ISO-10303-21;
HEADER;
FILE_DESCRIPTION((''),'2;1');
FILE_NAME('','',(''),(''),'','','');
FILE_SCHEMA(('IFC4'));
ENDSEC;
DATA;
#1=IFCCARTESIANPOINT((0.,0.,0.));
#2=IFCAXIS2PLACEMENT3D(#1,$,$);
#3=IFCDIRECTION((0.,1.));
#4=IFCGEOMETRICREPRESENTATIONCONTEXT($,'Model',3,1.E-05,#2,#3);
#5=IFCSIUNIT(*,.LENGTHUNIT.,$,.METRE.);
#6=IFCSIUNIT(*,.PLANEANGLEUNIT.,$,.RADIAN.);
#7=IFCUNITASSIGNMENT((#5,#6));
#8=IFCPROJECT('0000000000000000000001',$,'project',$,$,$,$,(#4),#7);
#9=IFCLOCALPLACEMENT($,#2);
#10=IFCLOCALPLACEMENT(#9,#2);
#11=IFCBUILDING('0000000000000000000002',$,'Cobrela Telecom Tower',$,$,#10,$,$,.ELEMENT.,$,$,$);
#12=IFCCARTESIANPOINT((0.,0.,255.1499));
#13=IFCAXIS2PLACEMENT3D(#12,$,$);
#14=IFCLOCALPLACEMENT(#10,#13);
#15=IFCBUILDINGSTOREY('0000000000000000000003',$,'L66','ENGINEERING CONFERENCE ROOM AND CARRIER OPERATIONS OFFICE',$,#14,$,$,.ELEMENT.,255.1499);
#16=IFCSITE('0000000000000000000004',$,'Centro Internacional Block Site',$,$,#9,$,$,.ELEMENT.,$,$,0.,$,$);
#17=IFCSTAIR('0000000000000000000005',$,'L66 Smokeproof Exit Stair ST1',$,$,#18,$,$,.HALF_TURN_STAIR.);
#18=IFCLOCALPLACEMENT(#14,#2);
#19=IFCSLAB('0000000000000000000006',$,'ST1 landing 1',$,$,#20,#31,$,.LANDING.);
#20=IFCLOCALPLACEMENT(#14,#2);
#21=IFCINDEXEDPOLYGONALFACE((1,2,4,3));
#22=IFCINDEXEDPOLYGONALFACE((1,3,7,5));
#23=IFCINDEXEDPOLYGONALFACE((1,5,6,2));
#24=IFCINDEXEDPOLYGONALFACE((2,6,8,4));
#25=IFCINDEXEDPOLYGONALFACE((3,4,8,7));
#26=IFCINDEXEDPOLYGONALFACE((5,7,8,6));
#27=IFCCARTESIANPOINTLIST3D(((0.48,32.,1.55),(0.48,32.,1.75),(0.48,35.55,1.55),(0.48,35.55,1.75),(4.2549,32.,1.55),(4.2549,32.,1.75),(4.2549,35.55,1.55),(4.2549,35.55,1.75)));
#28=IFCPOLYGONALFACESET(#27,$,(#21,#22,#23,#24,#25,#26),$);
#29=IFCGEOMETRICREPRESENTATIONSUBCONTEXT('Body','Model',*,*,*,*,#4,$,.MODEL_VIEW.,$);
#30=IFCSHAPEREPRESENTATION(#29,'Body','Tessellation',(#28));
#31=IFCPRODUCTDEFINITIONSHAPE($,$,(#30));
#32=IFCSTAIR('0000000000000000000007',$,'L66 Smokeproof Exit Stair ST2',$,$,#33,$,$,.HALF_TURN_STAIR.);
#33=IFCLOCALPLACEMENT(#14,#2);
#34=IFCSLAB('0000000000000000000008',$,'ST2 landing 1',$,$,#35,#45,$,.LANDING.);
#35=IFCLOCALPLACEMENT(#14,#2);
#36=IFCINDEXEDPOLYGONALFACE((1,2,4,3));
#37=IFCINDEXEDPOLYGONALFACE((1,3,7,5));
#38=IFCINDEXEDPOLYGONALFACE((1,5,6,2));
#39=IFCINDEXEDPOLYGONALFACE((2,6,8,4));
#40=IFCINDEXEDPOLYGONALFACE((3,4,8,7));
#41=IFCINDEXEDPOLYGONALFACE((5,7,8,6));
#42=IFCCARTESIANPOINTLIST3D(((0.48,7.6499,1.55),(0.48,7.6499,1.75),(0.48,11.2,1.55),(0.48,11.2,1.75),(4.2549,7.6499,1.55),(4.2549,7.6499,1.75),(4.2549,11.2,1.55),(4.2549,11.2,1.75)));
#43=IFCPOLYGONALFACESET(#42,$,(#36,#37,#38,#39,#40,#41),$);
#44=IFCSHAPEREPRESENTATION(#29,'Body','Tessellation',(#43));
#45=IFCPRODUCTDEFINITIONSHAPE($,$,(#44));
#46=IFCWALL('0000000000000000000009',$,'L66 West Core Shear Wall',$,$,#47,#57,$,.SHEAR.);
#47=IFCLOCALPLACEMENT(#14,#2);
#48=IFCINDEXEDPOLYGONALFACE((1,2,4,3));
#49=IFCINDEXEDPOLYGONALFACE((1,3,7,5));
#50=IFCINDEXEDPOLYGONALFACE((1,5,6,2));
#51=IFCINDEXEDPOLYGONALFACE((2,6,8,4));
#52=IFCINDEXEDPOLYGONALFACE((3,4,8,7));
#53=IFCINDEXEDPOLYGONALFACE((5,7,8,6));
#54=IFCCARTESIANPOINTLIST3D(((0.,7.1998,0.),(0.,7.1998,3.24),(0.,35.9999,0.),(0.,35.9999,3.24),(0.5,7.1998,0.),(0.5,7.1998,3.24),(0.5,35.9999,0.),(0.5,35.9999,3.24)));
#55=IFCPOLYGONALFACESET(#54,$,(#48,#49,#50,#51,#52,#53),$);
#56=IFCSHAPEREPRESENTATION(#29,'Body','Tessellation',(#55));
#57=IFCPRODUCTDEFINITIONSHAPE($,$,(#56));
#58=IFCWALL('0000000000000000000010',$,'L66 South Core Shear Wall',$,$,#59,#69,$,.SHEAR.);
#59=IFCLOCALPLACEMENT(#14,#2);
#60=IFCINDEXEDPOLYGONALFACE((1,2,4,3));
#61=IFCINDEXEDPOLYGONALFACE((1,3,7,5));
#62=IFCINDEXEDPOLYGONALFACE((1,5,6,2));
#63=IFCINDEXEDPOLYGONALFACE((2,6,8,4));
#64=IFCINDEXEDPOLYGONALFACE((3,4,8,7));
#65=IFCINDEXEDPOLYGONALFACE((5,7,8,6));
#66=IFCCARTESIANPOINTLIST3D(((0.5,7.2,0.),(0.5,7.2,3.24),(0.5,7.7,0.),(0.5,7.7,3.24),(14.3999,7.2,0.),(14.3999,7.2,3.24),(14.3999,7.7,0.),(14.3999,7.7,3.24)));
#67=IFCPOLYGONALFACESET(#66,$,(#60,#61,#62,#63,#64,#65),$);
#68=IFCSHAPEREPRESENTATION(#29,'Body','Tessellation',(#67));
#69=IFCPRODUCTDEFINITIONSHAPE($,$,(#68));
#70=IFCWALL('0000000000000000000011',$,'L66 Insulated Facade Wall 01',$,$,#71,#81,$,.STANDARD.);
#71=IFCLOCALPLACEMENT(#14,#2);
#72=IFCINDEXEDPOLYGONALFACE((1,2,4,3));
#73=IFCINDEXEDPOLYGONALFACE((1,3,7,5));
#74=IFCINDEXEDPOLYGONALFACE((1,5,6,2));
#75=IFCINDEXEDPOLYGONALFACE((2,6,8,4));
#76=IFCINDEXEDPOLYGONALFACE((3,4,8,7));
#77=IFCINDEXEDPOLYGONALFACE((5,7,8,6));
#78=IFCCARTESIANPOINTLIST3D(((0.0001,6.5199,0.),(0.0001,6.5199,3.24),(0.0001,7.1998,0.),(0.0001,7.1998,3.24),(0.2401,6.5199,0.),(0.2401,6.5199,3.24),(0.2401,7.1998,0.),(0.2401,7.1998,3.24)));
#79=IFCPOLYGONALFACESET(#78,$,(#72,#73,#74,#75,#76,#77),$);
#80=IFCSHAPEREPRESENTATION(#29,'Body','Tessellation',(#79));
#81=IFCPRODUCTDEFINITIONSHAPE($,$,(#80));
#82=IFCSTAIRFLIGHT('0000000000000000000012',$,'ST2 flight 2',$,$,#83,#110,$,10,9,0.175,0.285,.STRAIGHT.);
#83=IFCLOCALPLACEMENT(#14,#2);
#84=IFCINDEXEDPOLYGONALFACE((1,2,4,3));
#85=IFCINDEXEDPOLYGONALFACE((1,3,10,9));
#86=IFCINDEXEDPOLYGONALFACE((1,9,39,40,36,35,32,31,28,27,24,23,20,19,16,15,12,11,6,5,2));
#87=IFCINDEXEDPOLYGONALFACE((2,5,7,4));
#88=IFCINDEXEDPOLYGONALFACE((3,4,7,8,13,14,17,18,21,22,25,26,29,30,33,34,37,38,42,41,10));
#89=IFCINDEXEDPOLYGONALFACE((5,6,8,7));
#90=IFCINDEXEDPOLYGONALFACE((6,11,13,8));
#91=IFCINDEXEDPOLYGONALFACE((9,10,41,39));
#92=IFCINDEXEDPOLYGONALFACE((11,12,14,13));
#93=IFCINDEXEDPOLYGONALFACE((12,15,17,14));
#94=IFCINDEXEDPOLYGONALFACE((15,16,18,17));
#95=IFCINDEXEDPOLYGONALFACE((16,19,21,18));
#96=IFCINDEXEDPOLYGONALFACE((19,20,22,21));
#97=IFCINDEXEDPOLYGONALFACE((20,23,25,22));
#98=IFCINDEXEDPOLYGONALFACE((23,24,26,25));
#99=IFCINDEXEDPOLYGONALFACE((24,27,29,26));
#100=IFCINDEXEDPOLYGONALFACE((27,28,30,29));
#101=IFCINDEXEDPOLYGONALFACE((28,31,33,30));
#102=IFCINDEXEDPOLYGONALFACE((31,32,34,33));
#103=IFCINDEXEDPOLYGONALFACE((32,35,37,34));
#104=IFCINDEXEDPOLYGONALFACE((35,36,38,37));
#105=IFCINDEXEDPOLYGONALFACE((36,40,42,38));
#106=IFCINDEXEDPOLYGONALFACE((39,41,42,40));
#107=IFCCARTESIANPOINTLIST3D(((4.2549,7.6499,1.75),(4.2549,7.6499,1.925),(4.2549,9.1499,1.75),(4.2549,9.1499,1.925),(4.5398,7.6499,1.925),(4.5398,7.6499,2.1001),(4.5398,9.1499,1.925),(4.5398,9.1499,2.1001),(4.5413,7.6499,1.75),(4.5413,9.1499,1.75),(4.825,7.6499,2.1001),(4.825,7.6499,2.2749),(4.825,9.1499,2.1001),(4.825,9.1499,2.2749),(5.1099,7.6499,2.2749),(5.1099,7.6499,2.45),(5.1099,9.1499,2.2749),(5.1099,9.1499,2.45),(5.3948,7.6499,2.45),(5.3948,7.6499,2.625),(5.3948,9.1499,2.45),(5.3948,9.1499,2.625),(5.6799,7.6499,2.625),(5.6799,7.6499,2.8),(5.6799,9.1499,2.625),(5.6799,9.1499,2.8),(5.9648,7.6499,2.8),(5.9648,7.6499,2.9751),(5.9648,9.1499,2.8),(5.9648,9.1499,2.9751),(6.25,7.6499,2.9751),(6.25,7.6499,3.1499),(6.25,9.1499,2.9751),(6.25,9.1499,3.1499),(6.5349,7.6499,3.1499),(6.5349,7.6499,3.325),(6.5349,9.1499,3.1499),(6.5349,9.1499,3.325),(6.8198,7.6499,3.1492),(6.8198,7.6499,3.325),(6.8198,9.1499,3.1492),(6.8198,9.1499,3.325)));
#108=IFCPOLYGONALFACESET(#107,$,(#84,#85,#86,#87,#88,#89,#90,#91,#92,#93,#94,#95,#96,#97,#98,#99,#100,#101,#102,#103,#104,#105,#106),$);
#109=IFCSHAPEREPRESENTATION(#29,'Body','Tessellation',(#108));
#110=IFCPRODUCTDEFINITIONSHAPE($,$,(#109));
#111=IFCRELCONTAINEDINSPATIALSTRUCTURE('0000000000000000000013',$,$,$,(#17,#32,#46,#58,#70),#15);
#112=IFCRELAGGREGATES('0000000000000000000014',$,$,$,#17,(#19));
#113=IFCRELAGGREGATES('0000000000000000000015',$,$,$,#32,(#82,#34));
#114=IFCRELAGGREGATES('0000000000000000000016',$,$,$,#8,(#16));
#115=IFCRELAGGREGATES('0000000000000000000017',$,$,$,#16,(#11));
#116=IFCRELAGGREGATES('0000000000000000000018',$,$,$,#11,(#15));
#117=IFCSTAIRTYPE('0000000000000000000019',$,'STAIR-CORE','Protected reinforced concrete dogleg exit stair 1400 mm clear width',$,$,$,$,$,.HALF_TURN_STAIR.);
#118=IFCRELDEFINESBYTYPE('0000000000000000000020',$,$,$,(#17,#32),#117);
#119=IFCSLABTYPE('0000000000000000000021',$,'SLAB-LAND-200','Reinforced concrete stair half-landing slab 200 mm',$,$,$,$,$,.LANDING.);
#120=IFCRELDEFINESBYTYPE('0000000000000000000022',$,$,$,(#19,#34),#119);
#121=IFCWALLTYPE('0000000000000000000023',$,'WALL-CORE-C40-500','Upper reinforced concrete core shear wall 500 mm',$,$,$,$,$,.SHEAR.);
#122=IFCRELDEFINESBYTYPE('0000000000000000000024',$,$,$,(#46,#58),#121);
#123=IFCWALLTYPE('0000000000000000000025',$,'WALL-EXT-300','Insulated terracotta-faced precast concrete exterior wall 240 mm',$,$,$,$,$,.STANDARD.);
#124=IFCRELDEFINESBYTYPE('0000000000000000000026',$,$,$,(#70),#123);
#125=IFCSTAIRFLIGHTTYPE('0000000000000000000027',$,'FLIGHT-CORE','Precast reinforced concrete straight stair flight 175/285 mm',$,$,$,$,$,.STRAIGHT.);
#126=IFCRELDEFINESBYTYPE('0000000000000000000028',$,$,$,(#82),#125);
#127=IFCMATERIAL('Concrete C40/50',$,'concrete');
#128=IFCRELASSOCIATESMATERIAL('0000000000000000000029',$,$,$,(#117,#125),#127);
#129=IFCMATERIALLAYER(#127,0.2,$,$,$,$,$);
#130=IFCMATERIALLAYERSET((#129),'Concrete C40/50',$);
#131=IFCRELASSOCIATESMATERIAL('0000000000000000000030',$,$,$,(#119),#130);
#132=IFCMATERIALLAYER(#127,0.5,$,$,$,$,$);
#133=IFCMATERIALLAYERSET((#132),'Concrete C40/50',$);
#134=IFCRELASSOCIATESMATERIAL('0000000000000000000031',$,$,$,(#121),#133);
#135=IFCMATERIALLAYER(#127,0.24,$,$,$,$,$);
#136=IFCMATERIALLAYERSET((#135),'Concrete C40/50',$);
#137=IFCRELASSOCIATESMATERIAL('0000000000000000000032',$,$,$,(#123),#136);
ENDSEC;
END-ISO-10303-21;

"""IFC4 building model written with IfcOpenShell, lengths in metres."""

from ifc_helpers import new_model, si_unit, direction, frame, frame_2d, origin, place, context, subcontext, project, spatial, polyline, rectangle, outline, extrude, material, layer, layer_set, type_object, element, aggregate, save


model = new_model("IFC4")

# Units and contexts
model_context = context("Model", 3, precision=1e-05, world=origin(), true_north=direction((0.0, 1.0)))
body_context = subcontext(model_context, "Body", "Model", "MODEL_VIEW")
ifc_project = project(units=[si_unit("LENGTHUNIT", "METRE"), si_unit("PLANEANGLEUNIT", "RADIAN")], contexts=[model_context])

# Site, building, storey
site_placement = place(None, origin())
site = spatial("IfcSite", under=ifc_project, at=site_placement, Name="Centro Internacional Block Site", CompositionType="ELEMENT", RefElevation=0.0)
building_placement = place(site_placement, origin())
building = spatial("IfcBuilding", under=site, at=building_placement, Name="Cobrela Telecom Tower", CompositionType="ELEMENT")
storey_placement = place(building_placement, frame((0.0, 0.0, 255.1499)))
storey = spatial("IfcBuildingStorey", under=building, at=storey_placement, Name="L66", Description="ENGINEERING CONFERENCE ROOM AND CARRIER OPERATIONS OFFICE", CompositionType="ELEMENT", Elevation=255.1499)

# Shared definitions
ifc_material_1 = material(Name="Concrete C40/50", Category="concrete")

# Stairs, slabs
stair_type = type_object("IfcStairType", Name="STAIR-CORE", Description="Protected reinforced concrete dogleg exit stair 1400 mm clear width", PredefinedType="HALF_TURN_STAIR", material=ifc_material_1)
stair_1_placement = place(storey_placement, origin())
stair_1 = element("IfcStair", 1, at=stair_1_placement, inside=storey, type_object=stair_type, Name="L66 Smokeproof Exit Stair ST1", PredefinedType="HALF_TURN_STAIR")
ifc_layer_1 = layer(ifc_material_1, 0.2)
ifc_layer_set_1 = layer_set([ifc_layer_1], Name="Concrete C40/50")
slab_type_1 = type_object("IfcSlabType", Name="SLAB-LAND-200", Description="Reinforced concrete stair half-landing slab 200 mm", PredefinedType="LANDING", material=ifc_layer_set_1)
slab_1_placement = place(storey_placement, frame((0.0, 0.0, 1.55)))
slab_1 = element("IfcSlab", 2, at=slab_1_placement, type_object=slab_type_1, Name="ST1 landing 1", PredefinedType="LANDING", context=body_context, shape_type="SweptSolid", body=[
    extrude(outline(polyline([(4.2549, 35.55), (0.48, 35.55), (0.48, 32.0), (4.2549, 32.0), (4.2549, 35.55)])), origin(), (0.0, 0.0, 1.0), 0.2),
])
aggregate(stair_1, [slab_1])
stair_2_placement = place(storey_placement, origin())
stair_2 = element("IfcStair", 3, at=stair_2_placement, inside=storey, type_object=stair_type, Name="L66 Smokeproof Exit Stair ST2", PredefinedType="HALF_TURN_STAIR")
slab_2_placement = place(storey_placement, frame((0.0, 0.0, 1.55)))
slab_2 = element("IfcSlab", 4, at=slab_2_placement, type_object=slab_type_1, Name="ST2 landing 1", PredefinedType="LANDING", context=body_context, shape_type="SweptSolid", body=[
    extrude(outline(polyline([(4.2549, 11.2), (0.48, 11.2), (0.48, 7.6499), (4.2549, 7.6499), (4.2549, 11.2)])), origin(), (0.0, 0.0, 1.0), 0.2),
])

# Walls
ifc_layer_2 = layer(ifc_material_1, 0.5)
ifc_layer_set_2 = layer_set([ifc_layer_2], Name="Concrete C40/50")
wall_type_1 = type_object("IfcWallType", Name="WALL-CORE-C40-500", Description="Upper reinforced concrete core shear wall 500 mm", PredefinedType="SHEAR", material=ifc_layer_set_2)
wall_1_placement = place(storey_placement, frame((0.25, 7.2, 0.0), z_axis=(0.0, 0.0, 1.0), x_axis=(0.0, 1.0, 0.0)))
element("IfcWall", 5, at=wall_1_placement, inside=storey, type_object=wall_type_1, Name="L66 West Core Shear Wall", PredefinedType="SHEAR", context=body_context, shape_type="SweptSolid", body=[
    extrude(rectangle(XDim=28.8, YDim=0.5, at=frame_2d((14.3999, 0.0))), origin(), (0.0, 0.0, 1.0), 3.24),
])
wall_2_placement = place(storey_placement, frame((0.5, 7.45, 0.0), z_axis=(0.0, 0.0, 1.0), x_axis=(1.0, 0.0, 0.0)))
element("IfcWall", 6, at=wall_2_placement, inside=storey, type_object=wall_type_1, Name="L66 South Core Shear Wall", PredefinedType="SHEAR", context=body_context, shape_type="SweptSolid", body=[
    extrude(rectangle(XDim=13.8999, YDim=0.5, at=frame_2d((6.95, 0.0))), origin(), (0.0, 0.0, 1.0), 3.24),
])
ifc_layer_3 = layer(ifc_material_1, 0.24)
ifc_layer_set_3 = layer_set([ifc_layer_3], Name="Concrete C40/50")
wall_type_2 = type_object("IfcWallType", Name="WALL-EXT-300", Description="Insulated terracotta-faced precast concrete exterior wall 240 mm", PredefinedType="STANDARD", material=ifc_layer_set_3)
wall_3_placement = place(storey_placement, frame((0.1201, 6.52, 0.0), z_axis=(0.0, 0.0, 1.0), x_axis=(0.0, 1.0, 0.0)))
element("IfcWall", 7, at=wall_3_placement, inside=storey, type_object=wall_type_2, Name="L66 Insulated Facade Wall 01", PredefinedType="STANDARD", context=body_context, shape_type="SweptSolid", body=[
    extrude(rectangle(XDim=0.6799, YDim=0.24, at=frame_2d((0.3398, 0.0))), origin(), (0.0, 0.0, 1.0), 3.24),
])

# Stair flight
stair_flight_type = type_object("IfcStairFlightType", Name="FLIGHT-CORE", Description="Precast reinforced concrete straight stair flight 175/285 mm", PredefinedType="STRAIGHT", material=ifc_material_1)
stair_flight_placement = place(storey_placement, frame((4.2549, 8.3999, 1.75), z_axis=(0.0, 0.0, 1.0), x_axis=(1.0, 0.0, 0.0)))
stair_flight = element("IfcStairFlight", 8, at=stair_flight_placement, type_object=stair_flight_type, Name="ST2 flight 2", NumberOfRisers=10, NumberOfTreads=9, PredefinedType="STRAIGHT", RiserHeight=0.175, TreadLength=0.285, context=body_context, shape_type="SweptSolid", body=[
    extrude(outline(polyline([(0.0, 0.0), (0.0, 0.175), (0.2849, 0.175), (0.2849, 0.3501), (0.5701, 0.3501), (0.5701, 0.5249), (0.855, 0.5249), (0.855, 0.7), (1.1399, 0.7), (1.1399, 0.875), (1.425, 0.875), (1.425, 1.05), (1.71, 1.05), (1.71, 1.2251), (1.9951, 1.2251), (1.9951, 1.3999), (2.28, 1.3999), (2.28, 1.575), (2.5649, 1.575), (2.5649, 1.75), (2.5649, 1.3992), (0.2864, 0.0), (0.0, 0.0)])), frame((0.0, 0.75, 0.0), z_axis=(0.0, -1.0, 0.0), x_axis=(1.0, 0.0, 0.0)), (0.0, 0.0, 1.0), 1.5),
])
aggregate(stair_2, [stair_flight, slab_2])

save(model, "model.ifc")
